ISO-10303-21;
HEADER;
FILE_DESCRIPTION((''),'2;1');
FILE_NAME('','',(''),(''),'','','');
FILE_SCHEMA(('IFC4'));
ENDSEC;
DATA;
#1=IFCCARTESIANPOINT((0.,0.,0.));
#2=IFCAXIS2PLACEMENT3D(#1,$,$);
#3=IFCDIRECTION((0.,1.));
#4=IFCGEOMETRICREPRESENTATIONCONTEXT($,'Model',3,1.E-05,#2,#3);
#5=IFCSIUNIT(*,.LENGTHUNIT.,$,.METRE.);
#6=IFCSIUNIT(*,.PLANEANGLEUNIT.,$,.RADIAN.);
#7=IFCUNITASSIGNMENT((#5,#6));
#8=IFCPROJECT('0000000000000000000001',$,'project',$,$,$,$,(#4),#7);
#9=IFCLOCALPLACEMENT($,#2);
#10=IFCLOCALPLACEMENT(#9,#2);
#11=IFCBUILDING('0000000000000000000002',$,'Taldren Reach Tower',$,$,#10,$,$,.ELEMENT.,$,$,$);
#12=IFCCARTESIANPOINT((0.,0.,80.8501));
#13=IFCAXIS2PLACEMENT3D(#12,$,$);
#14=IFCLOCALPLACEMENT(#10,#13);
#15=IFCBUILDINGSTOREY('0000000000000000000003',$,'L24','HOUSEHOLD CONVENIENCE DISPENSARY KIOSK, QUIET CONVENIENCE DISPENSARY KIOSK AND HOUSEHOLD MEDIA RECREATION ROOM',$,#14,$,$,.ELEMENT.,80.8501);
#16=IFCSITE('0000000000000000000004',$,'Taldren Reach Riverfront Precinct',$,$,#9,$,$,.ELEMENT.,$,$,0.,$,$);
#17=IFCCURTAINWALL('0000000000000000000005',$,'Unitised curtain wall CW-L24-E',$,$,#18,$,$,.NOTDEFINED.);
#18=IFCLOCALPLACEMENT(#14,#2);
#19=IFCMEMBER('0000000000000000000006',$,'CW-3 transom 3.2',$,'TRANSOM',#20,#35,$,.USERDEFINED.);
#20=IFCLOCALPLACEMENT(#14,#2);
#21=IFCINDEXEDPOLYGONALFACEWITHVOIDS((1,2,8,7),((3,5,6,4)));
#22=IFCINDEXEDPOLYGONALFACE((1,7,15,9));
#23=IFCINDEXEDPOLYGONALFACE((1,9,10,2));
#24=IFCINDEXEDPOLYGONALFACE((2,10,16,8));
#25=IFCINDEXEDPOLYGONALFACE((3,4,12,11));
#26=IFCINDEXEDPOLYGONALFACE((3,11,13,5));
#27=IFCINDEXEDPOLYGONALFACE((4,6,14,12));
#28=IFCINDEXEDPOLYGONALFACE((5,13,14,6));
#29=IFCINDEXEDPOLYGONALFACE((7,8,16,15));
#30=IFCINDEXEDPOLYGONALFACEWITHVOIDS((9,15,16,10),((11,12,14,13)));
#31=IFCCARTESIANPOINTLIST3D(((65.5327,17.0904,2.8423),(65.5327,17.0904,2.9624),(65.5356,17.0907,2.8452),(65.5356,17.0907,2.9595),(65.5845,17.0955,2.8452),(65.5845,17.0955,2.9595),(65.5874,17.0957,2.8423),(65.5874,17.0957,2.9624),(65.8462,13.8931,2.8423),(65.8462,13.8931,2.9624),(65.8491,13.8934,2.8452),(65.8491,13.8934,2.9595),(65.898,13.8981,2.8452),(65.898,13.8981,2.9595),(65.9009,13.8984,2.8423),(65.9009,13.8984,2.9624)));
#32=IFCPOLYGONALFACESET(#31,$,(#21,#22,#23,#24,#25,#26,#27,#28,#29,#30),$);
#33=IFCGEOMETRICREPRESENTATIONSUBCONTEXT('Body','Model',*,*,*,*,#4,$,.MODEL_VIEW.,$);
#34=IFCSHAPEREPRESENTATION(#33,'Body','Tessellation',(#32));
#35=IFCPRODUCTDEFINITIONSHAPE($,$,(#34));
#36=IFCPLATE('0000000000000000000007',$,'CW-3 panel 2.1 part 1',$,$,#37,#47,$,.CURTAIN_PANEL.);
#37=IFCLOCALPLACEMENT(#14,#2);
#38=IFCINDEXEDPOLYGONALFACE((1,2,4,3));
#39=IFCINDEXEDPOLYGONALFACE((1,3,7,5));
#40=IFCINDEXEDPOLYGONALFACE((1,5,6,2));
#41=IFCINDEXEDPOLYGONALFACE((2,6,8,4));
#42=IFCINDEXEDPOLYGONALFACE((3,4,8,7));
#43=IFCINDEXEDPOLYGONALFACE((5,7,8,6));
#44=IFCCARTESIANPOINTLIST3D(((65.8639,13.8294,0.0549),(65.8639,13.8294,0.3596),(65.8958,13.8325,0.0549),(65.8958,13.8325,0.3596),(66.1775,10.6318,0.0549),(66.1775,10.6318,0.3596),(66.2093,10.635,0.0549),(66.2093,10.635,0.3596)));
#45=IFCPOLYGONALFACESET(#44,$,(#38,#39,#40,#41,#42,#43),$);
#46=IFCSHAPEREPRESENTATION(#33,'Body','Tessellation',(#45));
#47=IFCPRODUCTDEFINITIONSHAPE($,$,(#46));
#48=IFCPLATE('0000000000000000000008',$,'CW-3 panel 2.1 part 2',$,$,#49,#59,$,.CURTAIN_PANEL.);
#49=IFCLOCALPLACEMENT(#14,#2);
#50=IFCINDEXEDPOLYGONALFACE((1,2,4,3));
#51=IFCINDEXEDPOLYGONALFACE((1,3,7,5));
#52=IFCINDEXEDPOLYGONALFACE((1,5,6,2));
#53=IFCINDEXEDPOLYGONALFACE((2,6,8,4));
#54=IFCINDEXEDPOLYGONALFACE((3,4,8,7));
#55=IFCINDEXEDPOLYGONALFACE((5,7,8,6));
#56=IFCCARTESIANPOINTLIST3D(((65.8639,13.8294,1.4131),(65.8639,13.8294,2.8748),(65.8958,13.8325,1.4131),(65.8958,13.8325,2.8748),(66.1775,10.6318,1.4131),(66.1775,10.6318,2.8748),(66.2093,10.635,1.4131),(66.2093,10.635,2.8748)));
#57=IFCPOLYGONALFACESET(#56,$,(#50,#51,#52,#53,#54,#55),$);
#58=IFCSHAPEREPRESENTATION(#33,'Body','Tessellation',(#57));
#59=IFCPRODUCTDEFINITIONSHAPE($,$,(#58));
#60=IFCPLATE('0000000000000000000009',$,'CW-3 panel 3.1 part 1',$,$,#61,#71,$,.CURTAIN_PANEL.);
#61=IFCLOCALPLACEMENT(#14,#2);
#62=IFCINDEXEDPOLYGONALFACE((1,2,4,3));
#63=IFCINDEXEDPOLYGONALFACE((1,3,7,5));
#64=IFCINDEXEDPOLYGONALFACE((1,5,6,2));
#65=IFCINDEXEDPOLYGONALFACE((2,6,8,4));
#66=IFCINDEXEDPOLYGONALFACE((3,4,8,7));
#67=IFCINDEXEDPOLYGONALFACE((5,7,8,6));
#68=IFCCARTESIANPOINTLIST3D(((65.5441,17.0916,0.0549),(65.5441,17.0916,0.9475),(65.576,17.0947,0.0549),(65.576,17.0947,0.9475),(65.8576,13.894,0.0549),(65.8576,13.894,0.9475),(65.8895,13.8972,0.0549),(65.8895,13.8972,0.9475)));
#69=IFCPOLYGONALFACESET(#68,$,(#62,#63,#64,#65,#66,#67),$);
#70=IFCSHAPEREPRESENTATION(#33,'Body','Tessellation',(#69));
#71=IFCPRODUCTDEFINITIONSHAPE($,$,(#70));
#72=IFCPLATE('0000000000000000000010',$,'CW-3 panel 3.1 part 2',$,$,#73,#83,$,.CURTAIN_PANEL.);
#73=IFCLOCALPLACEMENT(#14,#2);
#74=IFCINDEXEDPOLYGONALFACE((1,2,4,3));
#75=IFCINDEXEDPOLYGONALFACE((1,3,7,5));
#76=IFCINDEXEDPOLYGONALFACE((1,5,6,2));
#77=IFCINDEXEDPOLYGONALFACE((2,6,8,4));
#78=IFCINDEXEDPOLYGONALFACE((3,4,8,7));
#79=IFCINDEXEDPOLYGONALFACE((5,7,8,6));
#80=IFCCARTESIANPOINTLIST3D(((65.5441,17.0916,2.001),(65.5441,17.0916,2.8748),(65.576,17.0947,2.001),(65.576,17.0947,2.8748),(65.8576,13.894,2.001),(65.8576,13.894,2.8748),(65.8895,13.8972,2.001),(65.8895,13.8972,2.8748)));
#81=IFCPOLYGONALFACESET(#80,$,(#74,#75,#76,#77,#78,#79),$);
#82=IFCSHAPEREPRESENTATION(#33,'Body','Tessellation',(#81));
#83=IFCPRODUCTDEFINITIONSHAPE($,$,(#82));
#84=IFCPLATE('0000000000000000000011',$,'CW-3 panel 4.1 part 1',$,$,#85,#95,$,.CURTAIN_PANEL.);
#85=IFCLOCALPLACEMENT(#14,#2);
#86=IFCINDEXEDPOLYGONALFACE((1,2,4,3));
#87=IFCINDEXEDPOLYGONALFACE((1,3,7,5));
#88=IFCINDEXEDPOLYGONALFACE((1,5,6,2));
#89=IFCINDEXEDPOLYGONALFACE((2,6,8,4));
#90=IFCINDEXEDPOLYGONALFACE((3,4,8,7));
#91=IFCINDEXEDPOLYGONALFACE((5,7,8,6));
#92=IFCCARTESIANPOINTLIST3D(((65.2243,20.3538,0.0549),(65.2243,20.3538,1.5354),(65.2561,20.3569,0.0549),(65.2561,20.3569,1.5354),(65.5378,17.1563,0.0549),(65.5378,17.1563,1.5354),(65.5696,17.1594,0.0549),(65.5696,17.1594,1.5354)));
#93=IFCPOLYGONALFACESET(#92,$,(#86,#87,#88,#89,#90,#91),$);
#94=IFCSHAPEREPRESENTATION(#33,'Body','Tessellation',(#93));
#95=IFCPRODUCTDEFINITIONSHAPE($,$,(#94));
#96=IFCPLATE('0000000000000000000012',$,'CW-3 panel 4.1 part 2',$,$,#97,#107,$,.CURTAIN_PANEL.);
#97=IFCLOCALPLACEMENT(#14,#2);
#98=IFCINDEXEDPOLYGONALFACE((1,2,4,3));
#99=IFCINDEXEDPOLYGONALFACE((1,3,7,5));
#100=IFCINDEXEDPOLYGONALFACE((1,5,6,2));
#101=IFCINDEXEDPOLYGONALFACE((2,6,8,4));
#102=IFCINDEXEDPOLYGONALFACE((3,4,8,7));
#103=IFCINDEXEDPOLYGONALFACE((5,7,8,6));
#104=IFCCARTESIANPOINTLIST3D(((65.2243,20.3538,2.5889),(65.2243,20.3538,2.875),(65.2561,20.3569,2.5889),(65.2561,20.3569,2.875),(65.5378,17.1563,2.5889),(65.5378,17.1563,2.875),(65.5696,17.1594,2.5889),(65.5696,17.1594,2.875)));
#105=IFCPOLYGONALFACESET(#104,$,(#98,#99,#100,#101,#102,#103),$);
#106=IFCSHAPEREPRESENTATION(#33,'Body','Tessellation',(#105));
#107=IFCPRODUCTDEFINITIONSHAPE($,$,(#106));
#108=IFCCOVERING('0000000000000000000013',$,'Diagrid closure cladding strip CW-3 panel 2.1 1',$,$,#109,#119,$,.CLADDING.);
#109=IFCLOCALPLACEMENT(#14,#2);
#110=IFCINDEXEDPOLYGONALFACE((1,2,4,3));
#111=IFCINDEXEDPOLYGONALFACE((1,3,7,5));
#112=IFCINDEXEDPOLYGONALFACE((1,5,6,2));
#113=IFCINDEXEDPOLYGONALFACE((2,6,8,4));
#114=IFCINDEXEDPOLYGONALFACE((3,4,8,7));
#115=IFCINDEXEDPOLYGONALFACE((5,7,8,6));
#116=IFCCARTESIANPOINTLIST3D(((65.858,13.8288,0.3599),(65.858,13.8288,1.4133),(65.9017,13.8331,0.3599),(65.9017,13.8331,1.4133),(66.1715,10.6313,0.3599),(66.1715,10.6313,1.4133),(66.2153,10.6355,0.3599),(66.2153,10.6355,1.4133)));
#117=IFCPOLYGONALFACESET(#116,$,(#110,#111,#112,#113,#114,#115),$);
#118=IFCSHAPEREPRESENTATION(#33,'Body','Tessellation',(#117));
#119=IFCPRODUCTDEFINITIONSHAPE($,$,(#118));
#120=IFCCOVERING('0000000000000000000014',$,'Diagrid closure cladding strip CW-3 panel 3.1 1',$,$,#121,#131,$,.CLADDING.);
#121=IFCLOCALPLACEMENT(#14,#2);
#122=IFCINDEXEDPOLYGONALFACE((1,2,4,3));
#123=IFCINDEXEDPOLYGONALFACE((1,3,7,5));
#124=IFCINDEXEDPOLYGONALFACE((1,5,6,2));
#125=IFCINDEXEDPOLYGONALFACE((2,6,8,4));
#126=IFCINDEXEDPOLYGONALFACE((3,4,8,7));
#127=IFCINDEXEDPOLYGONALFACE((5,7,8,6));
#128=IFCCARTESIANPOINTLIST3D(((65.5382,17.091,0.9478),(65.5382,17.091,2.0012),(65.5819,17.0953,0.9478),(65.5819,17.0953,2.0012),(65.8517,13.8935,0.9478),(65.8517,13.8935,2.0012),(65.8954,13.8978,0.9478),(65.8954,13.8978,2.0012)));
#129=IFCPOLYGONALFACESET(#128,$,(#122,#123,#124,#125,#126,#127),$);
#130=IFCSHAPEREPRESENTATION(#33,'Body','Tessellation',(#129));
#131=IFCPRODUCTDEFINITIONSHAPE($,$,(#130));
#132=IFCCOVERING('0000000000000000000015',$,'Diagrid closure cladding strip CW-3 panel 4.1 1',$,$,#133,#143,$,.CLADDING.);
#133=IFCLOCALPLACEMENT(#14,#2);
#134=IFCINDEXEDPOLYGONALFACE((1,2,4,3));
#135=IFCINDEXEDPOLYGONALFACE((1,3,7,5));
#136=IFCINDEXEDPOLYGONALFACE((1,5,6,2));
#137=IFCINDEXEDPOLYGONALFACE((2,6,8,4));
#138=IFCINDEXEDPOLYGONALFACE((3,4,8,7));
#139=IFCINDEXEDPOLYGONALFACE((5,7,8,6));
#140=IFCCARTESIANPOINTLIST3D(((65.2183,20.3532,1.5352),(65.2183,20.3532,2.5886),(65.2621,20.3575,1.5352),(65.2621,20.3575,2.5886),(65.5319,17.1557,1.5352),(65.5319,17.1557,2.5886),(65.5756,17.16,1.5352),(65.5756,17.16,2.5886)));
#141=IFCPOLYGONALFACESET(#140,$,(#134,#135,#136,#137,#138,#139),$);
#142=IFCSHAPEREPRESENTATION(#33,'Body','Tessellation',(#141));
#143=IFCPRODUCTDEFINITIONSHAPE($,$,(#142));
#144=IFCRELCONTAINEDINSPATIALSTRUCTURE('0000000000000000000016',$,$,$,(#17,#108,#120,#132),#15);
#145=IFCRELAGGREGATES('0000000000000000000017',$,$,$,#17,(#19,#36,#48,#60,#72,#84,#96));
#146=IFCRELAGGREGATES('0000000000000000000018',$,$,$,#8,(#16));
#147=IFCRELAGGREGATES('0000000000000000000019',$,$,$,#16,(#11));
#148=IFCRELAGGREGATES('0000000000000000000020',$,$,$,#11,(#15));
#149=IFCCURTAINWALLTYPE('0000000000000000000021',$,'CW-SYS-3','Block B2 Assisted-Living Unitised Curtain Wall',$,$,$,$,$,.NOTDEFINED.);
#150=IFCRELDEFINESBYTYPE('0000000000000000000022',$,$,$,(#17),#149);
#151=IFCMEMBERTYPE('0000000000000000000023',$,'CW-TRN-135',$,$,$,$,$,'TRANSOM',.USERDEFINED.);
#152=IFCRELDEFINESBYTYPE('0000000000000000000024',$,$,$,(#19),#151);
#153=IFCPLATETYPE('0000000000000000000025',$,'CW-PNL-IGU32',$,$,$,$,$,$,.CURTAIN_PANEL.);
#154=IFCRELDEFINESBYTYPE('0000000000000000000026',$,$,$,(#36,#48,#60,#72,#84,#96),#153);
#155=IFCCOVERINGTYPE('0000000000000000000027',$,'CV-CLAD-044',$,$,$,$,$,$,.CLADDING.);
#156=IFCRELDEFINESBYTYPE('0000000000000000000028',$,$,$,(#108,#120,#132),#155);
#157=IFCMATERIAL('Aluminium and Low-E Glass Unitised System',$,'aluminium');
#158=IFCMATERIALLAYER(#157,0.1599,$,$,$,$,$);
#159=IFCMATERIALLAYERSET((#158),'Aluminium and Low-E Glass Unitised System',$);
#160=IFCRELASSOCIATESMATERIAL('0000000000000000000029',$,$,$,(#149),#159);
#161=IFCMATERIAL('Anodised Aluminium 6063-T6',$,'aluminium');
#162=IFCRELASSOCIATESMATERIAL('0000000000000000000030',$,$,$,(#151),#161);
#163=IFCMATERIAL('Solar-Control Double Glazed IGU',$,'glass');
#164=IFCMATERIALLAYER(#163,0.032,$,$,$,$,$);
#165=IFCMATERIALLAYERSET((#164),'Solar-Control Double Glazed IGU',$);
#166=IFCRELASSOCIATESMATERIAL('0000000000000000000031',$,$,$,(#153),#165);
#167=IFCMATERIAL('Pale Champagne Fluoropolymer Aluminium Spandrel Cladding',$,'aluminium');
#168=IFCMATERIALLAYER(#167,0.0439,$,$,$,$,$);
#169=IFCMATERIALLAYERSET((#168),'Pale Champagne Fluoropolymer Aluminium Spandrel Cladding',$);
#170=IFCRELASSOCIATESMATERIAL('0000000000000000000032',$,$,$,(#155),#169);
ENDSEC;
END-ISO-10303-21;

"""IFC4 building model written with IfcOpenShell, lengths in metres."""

from ifc_helpers import new_model, si_unit, direction, frame, origin, origin_2d, place, context, subcontext, project, spatial, rectangle, hollow_rectangle, extrude, source, transform, mapped, material, layer, layer_set, material_profile, profile_set, type_object, element, aggregate, save


model = new_model("IFC4")

# Units and contexts
model_context = context("Model", 3, precision=1e-05, world=origin(), true_north=direction((0.0, 1.0)))
body_context = subcontext(model_context, "Body", "Model", "MODEL_VIEW")
ifc_project = project(units=[si_unit("LENGTHUNIT", "METRE"), si_unit("PLANEANGLEUNIT", "RADIAN")], contexts=[model_context])

# Site, building, storey
site_placement = place(None, origin())
site = spatial("IfcSite", under=ifc_project, at=site_placement, Name="Taldren Reach Riverfront Precinct", CompositionType="ELEMENT", RefElevation=0.0)
building_placement = place(site_placement, origin())
building = spatial("IfcBuilding", under=site, at=building_placement, Name="Taldren Reach Tower", CompositionType="ELEMENT")
storey_placement = place(building_placement, frame((0.0, 0.0, 80.8501)))
storey = spatial("IfcBuildingStorey", under=building, at=storey_placement, Name="L24", Description="HOUSEHOLD CONVENIENCE DISPENSARY KIOSK, QUIET CONVENIENCE DISPENSARY KIOSK AND HOUSEHOLD MEDIA RECREATION ROOM", CompositionType="ELEMENT", Elevation=80.8501)

# Curtain wall, member, plates
ifc_material_1 = material(Name="Aluminium and Low-E Glass Unitised System", Category="aluminium")
ifc_layer_1 = layer(ifc_material_1, 0.1599)
ifc_layer_set_1 = layer_set([ifc_layer_1], Name="Aluminium and Low-E Glass Unitised System")
curtain_wall_type = type_object("IfcCurtainWallType", Name="CW-SYS-3", Description="Block B2 Assisted-Living Unitised Curtain Wall", PredefinedType="NOTDEFINED", material=ifc_layer_set_1)
curtain_wall_placement = place(storey_placement, origin())
curtain_wall = element("IfcCurtainWall", 1, at=curtain_wall_placement, inside=storey, type_object=curtain_wall_type, Name="Unitised curtain wall CW-L24-E", PredefinedType="NOTDEFINED")
ifc_material_2 = material(Name="Anodised Aluminium 6063-T6", Category="aluminium")
ifc_material_profile_1 = material_profile(ifc_material_2, hollow_rectangle(XDim=0.0549, YDim=0.1201, WallThickness=0.0029, at=origin_2d()), Name="ALU-120x55x3RHS")
ifc_profile_set_1 = profile_set([ifc_material_profile_1], Name="Anodised Aluminium 6063-T6")
member_type_1 = type_object("IfcMemberType", Name="CW-TRN-135", ElementType="TRANSOM", PredefinedType="USERDEFINED", material=ifc_profile_set_1)
shared_shape_1 = source(origin(), body_context, "Body", "SweptSolid", [
    extrude(hollow_rectangle(XDim=0.0549, YDim=0.1201, WallThickness=0.0029, at=origin_2d()), origin(), (0.0, 0.0, 1.0), 3.2126),
])
member_1_placement = place(storey_placement, frame((65.8735, 13.8958, 2.9023), z_axis=(-0.097577, 0.995228, 0.0), x_axis=(-0.995228, -0.097577, 0.0)))
member_1 = element("IfcMember", 2, at=member_1_placement, type_object=member_type_1, Name="CW-3 transom 3.2", ObjectType="TRANSOM", PredefinedType="USERDEFINED", context=body_context, shape_type="MappedRepresentation", body=[
    mapped(shared_shape_1, transform((0.0, 0.0, 0.0), scale=1.0)),
])
ifc_material_3 = material(Name="Solar-Control Double Glazed IGU", Category="glass")
ifc_layer_2 = layer(ifc_material_3, 0.032)
ifc_layer_set_2 = layer_set([ifc_layer_2], Name="Solar-Control Double Glazed IGU")
plate_type = type_object("IfcPlateType", Name="CW-PNL-IGU32", PredefinedType="CURTAIN_PANEL", material=ifc_layer_set_2)
shared_shape_2 = source(origin(), body_context, "Body", "SweptSolid", [
    extrude(rectangle(XDim=3.2129, YDim=0.032, at=origin_2d()), origin(), (0.0, 0.0, 1.0), 0.3047),
])
plate_1_placement = place(storey_placement, frame((66.0366, 12.2322, 0.0549), z_axis=(0.0, 0.0, 1.0), x_axis=(-0.097583, 0.995227, 0.0)))
plate_1 = element("IfcPlate", 3, at=plate_1_placement, type_object=plate_type, Name="CW-3 panel 2.1 part 1", PredefinedType="CURTAIN_PANEL", context=body_context, shape_type="MappedRepresentation", body=[
    mapped(shared_shape_2, transform((0.0, 0.0, 0.0), scale=1.0)),
])
shared_shape_3 = source(origin(), body_context, "Body", "SweptSolid", [
    extrude(rectangle(XDim=3.2129, YDim=0.032, at=origin_2d()), origin(), (0.0, 0.0, 1.0), 1.4617),
])
plate_2_placement = place(storey_placement, frame((66.0366, 12.2322, 1.4131), z_axis=(0.0, 0.0, 1.0), x_axis=(-0.097583, 0.995227, 0.0)))
plate_2 = element("IfcPlate", 4, at=plate_2_placement, type_object=plate_type, Name="CW-3 panel 2.1 part 2", PredefinedType="CURTAIN_PANEL", context=body_context, shape_type="MappedRepresentation", body=[
    mapped(shared_shape_3, transform((0.0, 0.0, 0.0), scale=1.0)),
])
shared_shape_4 = source(origin(), body_context, "Body", "SweptSolid", [
    extrude(rectangle(XDim=3.2129, YDim=0.032, at=origin_2d()), origin(), (0.0, 0.0, 1.0), 0.8926),
])
plate_3_placement = place(storey_placement, frame((65.7168, 15.4944, 0.0549), z_axis=(0.0, 0.0, 1.0), x_axis=(-0.097583, 0.995227, 0.0)))
plate_3 = element("IfcPlate", 5, at=plate_3_placement, type_object=plate_type, Name="CW-3 panel 3.1 part 1", PredefinedType="CURTAIN_PANEL", context=body_context, shape_type="MappedRepresentation", body=[
    mapped(shared_shape_4, transform((0.0, 0.0, 0.0), scale=1.0)),
])
shared_shape_5 = source(origin(), body_context, "Body", "SweptSolid", [
    extrude(rectangle(XDim=3.2129, YDim=0.032, at=origin_2d()), origin(), (0.0, 0.0, 1.0), 0.8738),
])
plate_4_placement = place(storey_placement, frame((65.7168, 15.4944, 2.001), z_axis=(0.0, 0.0, 1.0), x_axis=(-0.097583, 0.995227, 0.0)))
plate_4 = element("IfcPlate", 6, at=plate_4_placement, type_object=plate_type, Name="CW-3 panel 3.1 part 2", PredefinedType="CURTAIN_PANEL", context=body_context, shape_type="MappedRepresentation", body=[
    mapped(shared_shape_5, transform((0.0, 0.0, 0.0), scale=1.0)),
])
shared_shape_6 = source(origin(), body_context, "Body", "SweptSolid", [
    extrude(rectangle(XDim=3.2129, YDim=0.032, at=origin_2d()), origin(), (0.0, 0.0, 1.0), 1.4805),
])
plate_5_placement = place(storey_placement, frame((65.397, 18.7566, 0.0549), z_axis=(0.0, 0.0, 1.0), x_axis=(-0.097583, 0.995227, 0.0)))
plate_5 = element("IfcPlate", 7, at=plate_5_placement, type_object=plate_type, Name="CW-3 panel 4.1 part 1", PredefinedType="CURTAIN_PANEL", context=body_context, shape_type="MappedRepresentation", body=[
    mapped(shared_shape_6, transform((0.0, 0.0, 0.0), scale=1.0)),
])
shared_shape_7 = source(origin(), body_context, "Body", "SweptSolid", [
    extrude(rectangle(XDim=3.2129, YDim=0.032, at=origin_2d()), origin(), (0.0, 0.0, 1.0), 0.2861),
])
plate_6_placement = place(storey_placement, frame((65.397, 18.7566, 2.5889), z_axis=(0.0, 0.0, 1.0), x_axis=(-0.097583, 0.995227, 0.0)))
plate_6 = element("IfcPlate", 8, at=plate_6_placement, type_object=plate_type, Name="CW-3 panel 4.1 part 2", PredefinedType="CURTAIN_PANEL", context=body_context, shape_type="MappedRepresentation", body=[
    mapped(shared_shape_7, transform((0.0, 0.0, 0.0), scale=1.0)),
])
aggregate(curtain_wall, [member_1, plate_1, plate_2, plate_3, plate_4, plate_5, plate_6])

# Coverings
ifc_material_4 = material(Name="Pale Champagne Fluoropolymer Aluminium Spandrel Cladding", Category="aluminium")
ifc_layer_3 = layer(ifc_material_4, 0.0439)
ifc_layer_set_3 = layer_set([ifc_layer_3], Name="Pale Champagne Fluoropolymer Aluminium Spandrel Cladding")
covering_type = type_object("IfcCoveringType", Name="CV-CLAD-044", PredefinedType="CLADDING", material=ifc_layer_set_3)
shared_shape_8 = source(origin(), body_context, "Body", "SweptSolid", [
    extrude(rectangle(XDim=3.2129, YDim=0.0439, at=origin_2d()), origin(), (0.0, 0.0, 1.0), 1.0535),
])
for number, where, z_axis, x_axis, name in (
    (9, (66.0366, 12.2322, 0.3599), (0.0, 0.0, 1.0), (-0.097583, 0.995227, 0.0), "Diagrid closure cladding strip CW-3 panel 2.1 1"),
    (10, (65.7168, 15.4944, 0.9478), (0.0, 0.0, 1.0), (-0.097583, 0.995227, 0.0), "Diagrid closure cladding strip CW-3 panel 3.1 1"),
    (11, (65.397, 18.7566, 1.5352), (0.0, 0.0, 1.0), (-0.097583, 0.995227, 0.0), "Diagrid closure cladding strip CW-3 panel 4.1 1"),
):
    element("IfcCovering", number, at=place(storey_placement, frame(where, z_axis=z_axis, x_axis=x_axis)), inside=storey, type_object=covering_type, Name=name, PredefinedType="CLADDING", context=body_context, shape_type="MappedRepresentation", body=[
        mapped(shared_shape_8, transform((0.0, 0.0, 0.0), scale=1.0)),
    ])

save(model, "model.ifc")
